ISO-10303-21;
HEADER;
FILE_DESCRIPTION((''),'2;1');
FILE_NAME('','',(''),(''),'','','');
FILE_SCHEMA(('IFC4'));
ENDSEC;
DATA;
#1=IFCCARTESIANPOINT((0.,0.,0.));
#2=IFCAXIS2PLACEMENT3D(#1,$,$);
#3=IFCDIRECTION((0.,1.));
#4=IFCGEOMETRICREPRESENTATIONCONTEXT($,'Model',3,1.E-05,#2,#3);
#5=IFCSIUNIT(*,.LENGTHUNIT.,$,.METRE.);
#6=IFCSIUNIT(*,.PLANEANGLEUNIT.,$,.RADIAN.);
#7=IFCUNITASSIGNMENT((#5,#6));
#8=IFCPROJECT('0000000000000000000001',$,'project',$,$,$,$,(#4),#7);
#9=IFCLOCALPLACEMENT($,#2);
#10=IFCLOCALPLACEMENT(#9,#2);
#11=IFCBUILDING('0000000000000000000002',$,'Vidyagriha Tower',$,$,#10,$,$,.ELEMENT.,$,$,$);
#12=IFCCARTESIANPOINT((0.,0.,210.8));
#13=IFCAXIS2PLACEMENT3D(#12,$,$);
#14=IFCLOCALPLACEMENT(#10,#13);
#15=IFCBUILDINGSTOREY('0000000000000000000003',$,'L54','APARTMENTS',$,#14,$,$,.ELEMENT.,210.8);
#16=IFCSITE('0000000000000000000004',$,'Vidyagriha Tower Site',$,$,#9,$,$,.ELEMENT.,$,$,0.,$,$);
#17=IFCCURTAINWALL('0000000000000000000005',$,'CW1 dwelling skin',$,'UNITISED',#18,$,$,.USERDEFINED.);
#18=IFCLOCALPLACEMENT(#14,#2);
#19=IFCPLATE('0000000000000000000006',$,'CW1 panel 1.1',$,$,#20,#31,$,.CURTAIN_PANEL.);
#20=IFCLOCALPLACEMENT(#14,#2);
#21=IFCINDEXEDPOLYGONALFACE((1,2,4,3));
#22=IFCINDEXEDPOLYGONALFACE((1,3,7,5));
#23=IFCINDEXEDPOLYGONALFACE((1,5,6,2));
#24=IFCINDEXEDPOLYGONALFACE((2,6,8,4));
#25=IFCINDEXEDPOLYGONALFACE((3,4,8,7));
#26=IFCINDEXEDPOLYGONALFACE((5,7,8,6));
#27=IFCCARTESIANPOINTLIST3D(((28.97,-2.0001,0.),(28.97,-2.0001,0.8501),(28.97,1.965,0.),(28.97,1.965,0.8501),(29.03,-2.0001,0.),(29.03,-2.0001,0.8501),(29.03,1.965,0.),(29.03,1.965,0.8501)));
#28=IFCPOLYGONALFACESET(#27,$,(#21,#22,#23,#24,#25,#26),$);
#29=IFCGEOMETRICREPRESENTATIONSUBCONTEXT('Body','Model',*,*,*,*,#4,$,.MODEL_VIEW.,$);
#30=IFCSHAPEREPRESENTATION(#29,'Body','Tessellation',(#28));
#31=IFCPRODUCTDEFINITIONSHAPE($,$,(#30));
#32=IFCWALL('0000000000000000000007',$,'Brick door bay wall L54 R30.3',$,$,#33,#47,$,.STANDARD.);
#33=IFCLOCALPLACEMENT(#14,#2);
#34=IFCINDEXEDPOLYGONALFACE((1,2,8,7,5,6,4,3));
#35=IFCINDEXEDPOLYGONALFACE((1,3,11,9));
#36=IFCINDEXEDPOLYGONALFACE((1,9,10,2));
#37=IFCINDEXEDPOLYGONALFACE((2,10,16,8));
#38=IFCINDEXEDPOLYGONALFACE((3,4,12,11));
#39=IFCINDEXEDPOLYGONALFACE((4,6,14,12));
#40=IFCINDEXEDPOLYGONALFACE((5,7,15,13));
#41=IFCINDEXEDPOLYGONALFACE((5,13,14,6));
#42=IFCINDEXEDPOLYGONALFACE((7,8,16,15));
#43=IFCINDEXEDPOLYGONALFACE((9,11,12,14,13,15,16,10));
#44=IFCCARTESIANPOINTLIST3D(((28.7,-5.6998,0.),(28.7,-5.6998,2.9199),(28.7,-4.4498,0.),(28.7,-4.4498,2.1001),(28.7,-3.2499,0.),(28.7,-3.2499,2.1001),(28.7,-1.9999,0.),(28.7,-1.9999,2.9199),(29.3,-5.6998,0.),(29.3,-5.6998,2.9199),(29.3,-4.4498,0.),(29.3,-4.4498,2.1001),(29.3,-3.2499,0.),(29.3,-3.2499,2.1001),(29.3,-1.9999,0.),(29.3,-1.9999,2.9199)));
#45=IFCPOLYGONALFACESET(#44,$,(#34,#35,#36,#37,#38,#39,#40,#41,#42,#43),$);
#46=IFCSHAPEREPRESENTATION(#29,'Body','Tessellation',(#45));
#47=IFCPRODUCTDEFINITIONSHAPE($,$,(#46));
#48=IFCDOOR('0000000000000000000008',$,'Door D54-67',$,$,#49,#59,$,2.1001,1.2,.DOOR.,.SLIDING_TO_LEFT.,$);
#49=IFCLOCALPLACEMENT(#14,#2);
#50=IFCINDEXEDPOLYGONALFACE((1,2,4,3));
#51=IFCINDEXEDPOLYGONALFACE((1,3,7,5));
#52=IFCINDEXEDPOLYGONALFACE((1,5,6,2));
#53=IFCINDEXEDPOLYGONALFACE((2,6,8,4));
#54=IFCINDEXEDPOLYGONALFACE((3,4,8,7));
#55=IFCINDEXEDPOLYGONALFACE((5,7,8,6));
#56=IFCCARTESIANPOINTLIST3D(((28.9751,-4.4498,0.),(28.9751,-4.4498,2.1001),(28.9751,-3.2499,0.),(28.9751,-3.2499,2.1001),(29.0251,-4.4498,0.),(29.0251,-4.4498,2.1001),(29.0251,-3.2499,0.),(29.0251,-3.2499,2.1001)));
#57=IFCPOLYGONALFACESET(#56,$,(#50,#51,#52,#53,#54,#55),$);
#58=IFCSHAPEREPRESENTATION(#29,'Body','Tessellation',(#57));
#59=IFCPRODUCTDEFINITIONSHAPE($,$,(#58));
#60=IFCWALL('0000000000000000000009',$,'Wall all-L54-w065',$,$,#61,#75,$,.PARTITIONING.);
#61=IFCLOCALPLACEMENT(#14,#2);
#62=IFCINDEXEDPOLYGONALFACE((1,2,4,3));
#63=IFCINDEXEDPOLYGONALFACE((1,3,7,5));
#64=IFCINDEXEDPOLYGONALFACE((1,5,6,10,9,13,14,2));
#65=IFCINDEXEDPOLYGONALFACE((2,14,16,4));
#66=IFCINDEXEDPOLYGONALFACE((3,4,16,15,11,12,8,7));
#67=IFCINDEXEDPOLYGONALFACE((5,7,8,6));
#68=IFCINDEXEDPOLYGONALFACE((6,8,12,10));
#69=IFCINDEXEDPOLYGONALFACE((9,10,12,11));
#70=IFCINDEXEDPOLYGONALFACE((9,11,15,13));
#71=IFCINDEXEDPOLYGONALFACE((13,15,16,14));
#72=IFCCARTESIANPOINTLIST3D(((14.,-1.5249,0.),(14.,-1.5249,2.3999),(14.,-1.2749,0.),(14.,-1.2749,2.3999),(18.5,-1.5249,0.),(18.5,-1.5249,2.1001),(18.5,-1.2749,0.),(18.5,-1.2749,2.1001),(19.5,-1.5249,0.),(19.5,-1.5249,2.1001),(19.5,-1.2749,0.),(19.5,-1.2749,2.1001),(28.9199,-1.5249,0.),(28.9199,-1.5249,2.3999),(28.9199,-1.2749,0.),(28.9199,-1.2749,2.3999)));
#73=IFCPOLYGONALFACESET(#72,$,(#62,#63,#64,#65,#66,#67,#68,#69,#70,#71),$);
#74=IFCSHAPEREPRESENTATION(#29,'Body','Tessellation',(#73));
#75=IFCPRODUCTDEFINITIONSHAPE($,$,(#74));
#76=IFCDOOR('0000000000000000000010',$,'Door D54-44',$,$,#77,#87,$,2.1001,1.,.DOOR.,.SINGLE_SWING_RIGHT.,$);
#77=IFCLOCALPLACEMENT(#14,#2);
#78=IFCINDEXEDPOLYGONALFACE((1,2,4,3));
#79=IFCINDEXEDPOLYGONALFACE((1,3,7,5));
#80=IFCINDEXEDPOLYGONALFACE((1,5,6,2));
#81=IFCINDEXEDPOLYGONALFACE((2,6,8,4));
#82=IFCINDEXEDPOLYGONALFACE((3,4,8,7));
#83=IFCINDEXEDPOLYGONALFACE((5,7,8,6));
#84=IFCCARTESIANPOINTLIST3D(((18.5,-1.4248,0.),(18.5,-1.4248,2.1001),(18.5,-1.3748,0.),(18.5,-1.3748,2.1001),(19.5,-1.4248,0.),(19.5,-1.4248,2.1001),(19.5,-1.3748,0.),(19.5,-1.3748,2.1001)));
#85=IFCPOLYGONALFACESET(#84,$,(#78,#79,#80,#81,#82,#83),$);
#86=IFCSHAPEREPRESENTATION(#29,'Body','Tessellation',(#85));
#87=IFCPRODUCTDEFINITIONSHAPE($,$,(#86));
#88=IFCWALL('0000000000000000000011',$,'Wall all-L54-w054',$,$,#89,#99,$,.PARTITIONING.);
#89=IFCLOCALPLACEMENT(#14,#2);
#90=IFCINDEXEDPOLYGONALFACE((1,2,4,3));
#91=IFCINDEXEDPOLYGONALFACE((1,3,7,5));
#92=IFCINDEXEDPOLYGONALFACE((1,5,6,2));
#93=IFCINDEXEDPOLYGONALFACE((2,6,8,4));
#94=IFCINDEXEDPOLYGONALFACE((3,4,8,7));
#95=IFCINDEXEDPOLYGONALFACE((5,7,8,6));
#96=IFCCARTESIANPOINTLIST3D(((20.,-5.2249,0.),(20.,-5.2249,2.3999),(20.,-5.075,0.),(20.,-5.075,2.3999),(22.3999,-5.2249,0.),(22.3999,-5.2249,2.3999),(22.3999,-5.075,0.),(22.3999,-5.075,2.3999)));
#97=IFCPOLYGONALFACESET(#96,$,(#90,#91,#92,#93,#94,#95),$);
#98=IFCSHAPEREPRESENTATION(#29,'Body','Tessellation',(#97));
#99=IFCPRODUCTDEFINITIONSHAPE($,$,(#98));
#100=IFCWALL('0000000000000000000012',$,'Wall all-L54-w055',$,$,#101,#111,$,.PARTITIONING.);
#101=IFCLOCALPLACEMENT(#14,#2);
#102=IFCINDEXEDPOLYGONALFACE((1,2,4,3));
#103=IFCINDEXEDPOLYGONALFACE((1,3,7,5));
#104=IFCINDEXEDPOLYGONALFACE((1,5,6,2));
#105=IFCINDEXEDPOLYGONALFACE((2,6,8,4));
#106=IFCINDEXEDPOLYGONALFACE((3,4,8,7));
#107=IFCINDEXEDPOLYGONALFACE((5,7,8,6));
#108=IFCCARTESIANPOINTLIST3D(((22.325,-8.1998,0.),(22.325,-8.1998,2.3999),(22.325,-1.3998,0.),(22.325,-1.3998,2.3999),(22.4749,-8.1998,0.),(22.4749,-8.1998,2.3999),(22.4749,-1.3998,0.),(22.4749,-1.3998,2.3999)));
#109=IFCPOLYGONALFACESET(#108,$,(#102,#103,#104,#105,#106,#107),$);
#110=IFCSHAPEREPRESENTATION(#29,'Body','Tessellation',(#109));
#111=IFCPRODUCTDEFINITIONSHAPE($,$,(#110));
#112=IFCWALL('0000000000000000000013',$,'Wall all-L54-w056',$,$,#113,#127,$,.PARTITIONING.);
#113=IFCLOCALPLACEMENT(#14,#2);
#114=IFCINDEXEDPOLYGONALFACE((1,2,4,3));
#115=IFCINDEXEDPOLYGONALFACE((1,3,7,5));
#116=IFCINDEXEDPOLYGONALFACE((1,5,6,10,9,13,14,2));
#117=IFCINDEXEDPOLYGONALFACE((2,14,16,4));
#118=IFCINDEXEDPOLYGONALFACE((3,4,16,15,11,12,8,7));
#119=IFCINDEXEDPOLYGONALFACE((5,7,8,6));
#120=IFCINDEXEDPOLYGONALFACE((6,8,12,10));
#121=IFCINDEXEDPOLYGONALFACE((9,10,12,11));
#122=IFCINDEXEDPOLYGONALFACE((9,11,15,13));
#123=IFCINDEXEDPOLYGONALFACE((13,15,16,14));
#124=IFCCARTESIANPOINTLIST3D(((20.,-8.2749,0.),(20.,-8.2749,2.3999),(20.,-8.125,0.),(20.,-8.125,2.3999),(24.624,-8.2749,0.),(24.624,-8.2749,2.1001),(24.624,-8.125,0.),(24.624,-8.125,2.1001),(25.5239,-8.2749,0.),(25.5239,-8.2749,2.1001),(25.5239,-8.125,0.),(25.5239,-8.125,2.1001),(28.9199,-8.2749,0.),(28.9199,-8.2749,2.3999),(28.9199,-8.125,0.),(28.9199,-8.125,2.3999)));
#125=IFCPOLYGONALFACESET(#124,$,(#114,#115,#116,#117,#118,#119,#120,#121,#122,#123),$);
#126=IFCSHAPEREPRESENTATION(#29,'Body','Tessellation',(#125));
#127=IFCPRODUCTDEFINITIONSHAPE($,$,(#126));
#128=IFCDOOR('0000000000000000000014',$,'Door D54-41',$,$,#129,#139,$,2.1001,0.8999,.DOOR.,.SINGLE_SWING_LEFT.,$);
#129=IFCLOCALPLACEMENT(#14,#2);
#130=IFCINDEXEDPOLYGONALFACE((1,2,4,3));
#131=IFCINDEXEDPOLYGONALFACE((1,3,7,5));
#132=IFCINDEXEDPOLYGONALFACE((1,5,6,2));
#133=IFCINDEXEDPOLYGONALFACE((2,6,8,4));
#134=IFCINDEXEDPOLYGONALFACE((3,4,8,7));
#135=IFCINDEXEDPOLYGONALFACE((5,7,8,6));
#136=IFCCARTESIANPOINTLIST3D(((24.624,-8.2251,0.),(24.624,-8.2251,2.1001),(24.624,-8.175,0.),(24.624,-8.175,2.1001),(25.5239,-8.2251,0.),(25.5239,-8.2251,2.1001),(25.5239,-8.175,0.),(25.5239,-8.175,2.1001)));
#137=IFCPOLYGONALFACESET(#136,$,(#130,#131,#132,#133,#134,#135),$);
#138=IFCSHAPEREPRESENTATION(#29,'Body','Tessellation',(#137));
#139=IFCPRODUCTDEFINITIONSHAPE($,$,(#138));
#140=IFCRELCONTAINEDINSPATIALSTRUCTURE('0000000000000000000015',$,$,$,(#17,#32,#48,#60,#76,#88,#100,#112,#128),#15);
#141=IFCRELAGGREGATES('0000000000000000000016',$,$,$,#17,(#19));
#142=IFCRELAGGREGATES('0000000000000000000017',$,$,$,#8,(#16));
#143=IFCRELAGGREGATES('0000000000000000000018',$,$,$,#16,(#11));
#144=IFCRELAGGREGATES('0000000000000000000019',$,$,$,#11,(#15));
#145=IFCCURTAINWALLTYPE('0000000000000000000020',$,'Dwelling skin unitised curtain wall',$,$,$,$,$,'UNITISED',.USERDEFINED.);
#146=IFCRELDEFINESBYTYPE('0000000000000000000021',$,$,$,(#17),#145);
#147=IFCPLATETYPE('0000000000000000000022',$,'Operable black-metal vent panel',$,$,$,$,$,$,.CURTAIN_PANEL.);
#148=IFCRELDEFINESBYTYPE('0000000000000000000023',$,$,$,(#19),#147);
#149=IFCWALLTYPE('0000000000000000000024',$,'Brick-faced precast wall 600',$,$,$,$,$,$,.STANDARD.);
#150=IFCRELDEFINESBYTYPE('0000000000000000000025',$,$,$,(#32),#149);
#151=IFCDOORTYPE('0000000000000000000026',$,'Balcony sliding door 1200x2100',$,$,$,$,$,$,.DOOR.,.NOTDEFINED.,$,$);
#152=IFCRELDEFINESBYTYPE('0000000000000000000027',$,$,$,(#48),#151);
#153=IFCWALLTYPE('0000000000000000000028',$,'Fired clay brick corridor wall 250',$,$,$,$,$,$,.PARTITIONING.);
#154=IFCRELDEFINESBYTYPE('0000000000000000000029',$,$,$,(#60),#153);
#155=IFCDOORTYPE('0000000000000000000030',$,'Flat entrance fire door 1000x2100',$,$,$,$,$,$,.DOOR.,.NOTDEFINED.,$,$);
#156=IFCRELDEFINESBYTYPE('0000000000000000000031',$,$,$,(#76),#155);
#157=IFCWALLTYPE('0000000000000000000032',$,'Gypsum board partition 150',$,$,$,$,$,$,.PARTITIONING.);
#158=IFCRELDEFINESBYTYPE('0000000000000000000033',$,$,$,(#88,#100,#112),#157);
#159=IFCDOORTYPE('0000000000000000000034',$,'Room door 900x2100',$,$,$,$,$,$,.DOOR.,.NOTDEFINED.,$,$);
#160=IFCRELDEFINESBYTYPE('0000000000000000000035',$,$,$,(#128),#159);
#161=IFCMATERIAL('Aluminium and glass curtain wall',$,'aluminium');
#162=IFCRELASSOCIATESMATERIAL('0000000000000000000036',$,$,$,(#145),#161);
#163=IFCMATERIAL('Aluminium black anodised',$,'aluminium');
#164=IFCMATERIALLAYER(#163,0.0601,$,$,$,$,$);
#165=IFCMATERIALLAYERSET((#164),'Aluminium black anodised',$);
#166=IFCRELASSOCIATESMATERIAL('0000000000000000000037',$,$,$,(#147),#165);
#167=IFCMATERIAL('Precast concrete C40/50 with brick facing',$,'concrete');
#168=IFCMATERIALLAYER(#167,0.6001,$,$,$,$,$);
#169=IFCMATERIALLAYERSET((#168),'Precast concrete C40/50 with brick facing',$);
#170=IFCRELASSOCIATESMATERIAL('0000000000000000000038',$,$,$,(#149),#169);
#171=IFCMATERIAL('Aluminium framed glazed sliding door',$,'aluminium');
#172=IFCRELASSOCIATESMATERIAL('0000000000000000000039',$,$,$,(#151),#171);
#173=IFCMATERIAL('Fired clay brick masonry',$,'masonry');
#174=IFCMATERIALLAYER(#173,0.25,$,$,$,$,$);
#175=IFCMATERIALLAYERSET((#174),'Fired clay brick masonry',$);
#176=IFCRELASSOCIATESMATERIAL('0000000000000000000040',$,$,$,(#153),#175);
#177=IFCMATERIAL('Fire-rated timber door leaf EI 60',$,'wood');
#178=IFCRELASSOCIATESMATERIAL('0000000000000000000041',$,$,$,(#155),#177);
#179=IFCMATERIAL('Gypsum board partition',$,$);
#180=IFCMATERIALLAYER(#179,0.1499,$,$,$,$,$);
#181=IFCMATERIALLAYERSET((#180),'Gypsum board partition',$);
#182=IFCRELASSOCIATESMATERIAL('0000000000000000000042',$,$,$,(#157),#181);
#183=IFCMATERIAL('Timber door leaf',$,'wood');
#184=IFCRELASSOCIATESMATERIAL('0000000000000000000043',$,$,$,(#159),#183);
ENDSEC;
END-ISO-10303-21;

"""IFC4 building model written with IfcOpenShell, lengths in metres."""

from ifc_helpers import new_model, si_unit, direction, frame, frame_2d, origin, origin_2d, place, context, subcontext, project, spatial, rectangle, extrude, material, layer, layer_set, type_object, element, fill, aggregate, save


model = new_model("IFC4")

# Units and contexts
model_context = context("Model", 3, precision=1e-05, world=origin(), true_north=direction((0.0, 1.0)))
body_context = subcontext(model_context, "Body", "Model", "MODEL_VIEW")
ifc_project = project(units=[si_unit("LENGTHUNIT", "METRE"), si_unit("PLANEANGLEUNIT", "RADIAN")], contexts=[model_context])

# Site, building, storey
site_placement = place(None, origin())
site = spatial("IfcSite", under=ifc_project, at=site_placement, Name="Vidyagriha Tower Site", CompositionType="ELEMENT", RefElevation=0.0)
building_placement = place(site_placement, origin())
building = spatial("IfcBuilding", under=site, at=building_placement, Name="Vidyagriha Tower", CompositionType="ELEMENT")
storey_placement = place(building_placement, frame((0.0, 0.0, 210.8)))
storey = spatial("IfcBuildingStorey", under=building, at=storey_placement, Name="L54", Description="APARTMENTS", CompositionType="ELEMENT", Elevation=210.8)

# Shared definitions
ifc_material_1 = material(Name="Aluminium and glass curtain wall", Category="aluminium")
curtain_wall_type = type_object("IfcCurtainWallType", Name="Dwelling skin unitised curtain wall", ElementType="UNITISED", PredefinedType="USERDEFINED", material=ifc_material_1)

# Curtain wall
curtain_wall_1_placement = place(storey_placement, origin())
curtain_wall_1 = element("IfcCurtainWall", 1, at=curtain_wall_1_placement, inside=storey, type_object=curtain_wall_type, Name="CW1 dwelling skin", ObjectType="UNITISED", PredefinedType="USERDEFINED")

# Plate
ifc_material_2 = material(Name="Aluminium black anodised", Category="aluminium")
ifc_layer_1 = layer(ifc_material_2, 0.0601)
ifc_layer_set_1 = layer_set([ifc_layer_1], Name="Aluminium black anodised")
plate_type_1 = type_object("IfcPlateType", Name="Operable black-metal vent panel", PredefinedType="CURTAIN_PANEL", material=ifc_layer_set_1)
plate_1_placement = place(storey_placement, frame((29.0, -0.0176, 0.0), z_axis=(0.0, 0.0, 1.0), x_axis=(0.0, 1.0, 0.0)))
plate_1 = element("IfcPlate", 2, at=plate_1_placement, type_object=plate_type_1, Name="CW1 panel 1.1", PredefinedType="CURTAIN_PANEL", context=body_context, shape_type="SweptSolid", body=[
    extrude(rectangle(XDim=3.9651, YDim=0.0601, at=origin_2d()), origin(), (0.0, 0.0, 1.0), 0.8501),
])
aggregate(curtain_wall_1, [plate_1])

# Walls, openings, doors
ifc_material_3 = material(Name="Precast concrete C40/50 with brick facing", Category="concrete")
ifc_layer_2 = layer(ifc_material_3, 0.6001)
ifc_layer_set_2 = layer_set([ifc_layer_2], Name="Precast concrete C40/50 with brick facing")
wall_type_1 = type_object("IfcWallType", Name="Brick-faced precast wall 600", PredefinedType="STANDARD", material=ifc_layer_set_2)
wall_1_placement = place(storey_placement, frame((29.0, -5.7, 0.0), z_axis=(0.0, 0.0, 1.0), x_axis=(0.0, 1.0, 0.0)))
wall_1 = element("IfcWall", 3, at=wall_1_placement, inside=storey, type_object=wall_type_1, Name="Brick door bay wall L54 R30.3", PredefinedType="STANDARD", context=body_context, shape_type="SweptSolid", body=[
    extrude(rectangle(XDim=3.7, YDim=0.6001, at=frame_2d((1.8501, 0.0))), origin(), (0.0, 0.0, 1.0), 2.9199),
])
opening_1_placement = place(wall_1_placement, frame((1.25, 0.0, 0.0)))
opening_1 = element("IfcOpeningElement", 4, at=opening_1_placement, cuts=wall_1, PredefinedType="OPENING", context=body_context, shape_type="SweptSolid", body=[
    extrude(rectangle(XDim=1.2, YDim=2.1001, at=frame_2d((0.6001, 1.05))), frame((0.0, 0.3101, 0.0), z_axis=(0.0, -1.0, 0.0), x_axis=(1.0, 0.0, 0.0)), (0.0, 0.0, 1.0), 0.6201),
])
ifc_material_4 = material(Name="Aluminium framed glazed sliding door", Category="aluminium")
door_type_1 = type_object("IfcDoorType", Name="Balcony sliding door 1200x2100", OperationType="NOTDEFINED", PredefinedType="DOOR", material=ifc_material_4)
door_1_placement = place(opening_1_placement, origin())
door_1 = element("IfcDoor", 5, at=door_1_placement, inside=storey, type_object=door_type_1, Name="Door D54-67", OperationType="SLIDING_TO_LEFT", OverallHeight=2.1001, OverallWidth=1.2, PredefinedType="DOOR", context=body_context, shape_type="SweptSolid", body=[
    extrude(rectangle(XDim=1.2, YDim=2.1001, at=frame_2d((0.6001, 1.05))), frame((0.0, 0.0249, 0.0), z_axis=(0.0, -1.0, 0.0), x_axis=(1.0, 0.0, 0.0)), (0.0, 0.0, 1.0), 0.05),
])
fill(opening_1, door_1)
ifc_material_5 = material(Name="Fired clay brick masonry", Category="masonry")
ifc_layer_3 = layer(ifc_material_5, 0.25)
ifc_layer_set_3 = layer_set([ifc_layer_3], Name="Fired clay brick masonry")
wall_type_2 = type_object("IfcWallType", Name="Fired clay brick corridor wall 250", PredefinedType="PARTITIONING", material=ifc_layer_set_3)
wall_2_placement = place(storey_placement, frame((28.9199, -1.3999, 0.0), z_axis=(0.0, 0.0, 1.0), x_axis=(-1.0, 0.0, 0.0)))
wall_2 = element("IfcWall", 6, at=wall_2_placement, inside=storey, type_object=wall_type_2, Name="Wall all-L54-w065", PredefinedType="PARTITIONING", context=body_context, shape_type="SweptSolid", body=[
    extrude(rectangle(XDim=14.9199, YDim=0.25, at=frame_2d((7.46, 0.0))), origin(), (0.0, 0.0, 1.0), 2.3999),
])
opening_2_placement = place(wall_2_placement, frame((9.4199, 0.0, 0.0)))
opening_2 = element("IfcOpeningElement", 7, at=opening_2_placement, cuts=wall_2, PredefinedType="OPENING", context=body_context, shape_type="SweptSolid", body=[
    extrude(rectangle(XDim=1.0, YDim=2.1001, at=frame_2d((0.5, 1.05))), frame((0.0, 0.135, 0.0), z_axis=(0.0, -1.0, 0.0), x_axis=(1.0, 0.0, 0.0)), (0.0, 0.0, 1.0), 0.27),
])
ifc_material_6 = material(Name="Fire-rated timber door leaf EI 60", Category="wood")
door_type_2 = type_object("IfcDoorType", Name="Flat entrance fire door 1000x2100", OperationType="NOTDEFINED", PredefinedType="DOOR", material=ifc_material_6)
door_2_placement = place(opening_2_placement, origin())
door_2 = element("IfcDoor", 8, at=door_2_placement, inside=storey, type_object=door_type_2, Name="Door D54-44", OperationType="SINGLE_SWING_RIGHT", OverallHeight=2.1001, OverallWidth=1.0, PredefinedType="DOOR", context=body_context, shape_type="SweptSolid", body=[
    extrude(rectangle(XDim=1.0, YDim=2.1001, at=frame_2d((0.5, 1.05))), frame((0.0, 0.0249, 0.0), z_axis=(0.0, -1.0, 0.0), x_axis=(1.0, 0.0, 0.0)), (0.0, 0.0, 1.0), 0.05),
])
fill(opening_2, door_2)

# Walls
ifc_material_7 = material(Name="Gypsum board partition")
ifc_layer_4 = layer(ifc_material_7, 0.1499)
ifc_layer_set_4 = layer_set([ifc_layer_4], Name="Gypsum board partition")
wall_type_3 = type_object("IfcWallType", Name="Gypsum board partition 150", PredefinedType="PARTITIONING", material=ifc_layer_set_4)
wall_3_placement = place(storey_placement, frame((22.3999, -5.1499, 0.0), z_axis=(0.0, 0.0, 1.0), x_axis=(-1.0, 0.0, 0.0)))
element("IfcWall", 9, at=wall_3_placement, inside=storey, type_object=wall_type_3, Name="Wall all-L54-w054", PredefinedType="PARTITIONING", context=body_context, shape_type="SweptSolid", body=[
    extrude(rectangle(XDim=2.3999, YDim=0.1499, at=frame_2d((1.2, 0.0))), origin(), (0.0, 0.0, 1.0), 2.3999),
])
wall_4_placement = place(storey_placement, frame((22.3999, -1.3999, 0.0), z_axis=(0.0, 0.0, 1.0), x_axis=(0.0, -1.0, 0.0)))
element("IfcWall", 10, at=wall_4_placement, inside=storey, type_object=wall_type_3, Name="Wall all-L54-w055", PredefinedType="PARTITIONING", context=body_context, shape_type="SweptSolid", body=[
    extrude(rectangle(XDim=6.8, YDim=0.1499, at=frame_2d((3.3999, 0.0))), origin(), (0.0, 0.0, 1.0), 2.3999),
])

# Wall, opening, door
wall_5_placement = place(storey_placement, frame((20.0, -8.2, 0.0)))
wall_5 = element("IfcWall", 11, at=wall_5_placement, inside=storey, type_object=wall_type_3, Name="Wall all-L54-w056", PredefinedType="PARTITIONING", context=body_context, shape_type="SweptSolid", body=[
    extrude(rectangle(XDim=8.9199, YDim=0.1499, at=frame_2d((4.46, 0.0))), origin(), (0.0, 0.0, 1.0), 2.3999),
])
opening_3_placement = place(wall_5_placement, frame((4.624, 0.0, 0.0)))
opening_3 = element("IfcOpeningElement", 12, at=opening_3_placement, cuts=wall_5, PredefinedType="OPENING", context=body_context, shape_type="SweptSolid", body=[
    extrude(rectangle(XDim=0.8999, YDim=2.1001, at=frame_2d((0.45, 1.05))), frame((0.0, 0.085, 0.0), z_axis=(0.0, -1.0, 0.0), x_axis=(1.0, 0.0, 0.0)), (0.0, 0.0, 1.0), 0.1699),
])
ifc_material_8 = material(Name="Timber door leaf", Category="wood")
door_type_3 = type_object("IfcDoorType", Name="Room door 900x2100", OperationType="NOTDEFINED", PredefinedType="DOOR", material=ifc_material_8)
door_3_placement = place(opening_3_placement, origin())
door_3 = element("IfcDoor", 13, at=door_3_placement, inside=storey, type_object=door_type_3, Name="Door D54-41", OperationType="SINGLE_SWING_LEFT", OverallHeight=2.1001, OverallWidth=0.8999, PredefinedType="DOOR", context=body_context, shape_type="SweptSolid", body=[
    extrude(rectangle(XDim=0.8999, YDim=2.1001, at=frame_2d((0.45, 1.05))), frame((0.0, 0.0249, 0.0), z_axis=(0.0, -1.0, 0.0), x_axis=(1.0, 0.0, 0.0)), (0.0, 0.0, 1.0), 0.05),
])
fill(opening_3, door_3)

save(model, "model.ifc")
